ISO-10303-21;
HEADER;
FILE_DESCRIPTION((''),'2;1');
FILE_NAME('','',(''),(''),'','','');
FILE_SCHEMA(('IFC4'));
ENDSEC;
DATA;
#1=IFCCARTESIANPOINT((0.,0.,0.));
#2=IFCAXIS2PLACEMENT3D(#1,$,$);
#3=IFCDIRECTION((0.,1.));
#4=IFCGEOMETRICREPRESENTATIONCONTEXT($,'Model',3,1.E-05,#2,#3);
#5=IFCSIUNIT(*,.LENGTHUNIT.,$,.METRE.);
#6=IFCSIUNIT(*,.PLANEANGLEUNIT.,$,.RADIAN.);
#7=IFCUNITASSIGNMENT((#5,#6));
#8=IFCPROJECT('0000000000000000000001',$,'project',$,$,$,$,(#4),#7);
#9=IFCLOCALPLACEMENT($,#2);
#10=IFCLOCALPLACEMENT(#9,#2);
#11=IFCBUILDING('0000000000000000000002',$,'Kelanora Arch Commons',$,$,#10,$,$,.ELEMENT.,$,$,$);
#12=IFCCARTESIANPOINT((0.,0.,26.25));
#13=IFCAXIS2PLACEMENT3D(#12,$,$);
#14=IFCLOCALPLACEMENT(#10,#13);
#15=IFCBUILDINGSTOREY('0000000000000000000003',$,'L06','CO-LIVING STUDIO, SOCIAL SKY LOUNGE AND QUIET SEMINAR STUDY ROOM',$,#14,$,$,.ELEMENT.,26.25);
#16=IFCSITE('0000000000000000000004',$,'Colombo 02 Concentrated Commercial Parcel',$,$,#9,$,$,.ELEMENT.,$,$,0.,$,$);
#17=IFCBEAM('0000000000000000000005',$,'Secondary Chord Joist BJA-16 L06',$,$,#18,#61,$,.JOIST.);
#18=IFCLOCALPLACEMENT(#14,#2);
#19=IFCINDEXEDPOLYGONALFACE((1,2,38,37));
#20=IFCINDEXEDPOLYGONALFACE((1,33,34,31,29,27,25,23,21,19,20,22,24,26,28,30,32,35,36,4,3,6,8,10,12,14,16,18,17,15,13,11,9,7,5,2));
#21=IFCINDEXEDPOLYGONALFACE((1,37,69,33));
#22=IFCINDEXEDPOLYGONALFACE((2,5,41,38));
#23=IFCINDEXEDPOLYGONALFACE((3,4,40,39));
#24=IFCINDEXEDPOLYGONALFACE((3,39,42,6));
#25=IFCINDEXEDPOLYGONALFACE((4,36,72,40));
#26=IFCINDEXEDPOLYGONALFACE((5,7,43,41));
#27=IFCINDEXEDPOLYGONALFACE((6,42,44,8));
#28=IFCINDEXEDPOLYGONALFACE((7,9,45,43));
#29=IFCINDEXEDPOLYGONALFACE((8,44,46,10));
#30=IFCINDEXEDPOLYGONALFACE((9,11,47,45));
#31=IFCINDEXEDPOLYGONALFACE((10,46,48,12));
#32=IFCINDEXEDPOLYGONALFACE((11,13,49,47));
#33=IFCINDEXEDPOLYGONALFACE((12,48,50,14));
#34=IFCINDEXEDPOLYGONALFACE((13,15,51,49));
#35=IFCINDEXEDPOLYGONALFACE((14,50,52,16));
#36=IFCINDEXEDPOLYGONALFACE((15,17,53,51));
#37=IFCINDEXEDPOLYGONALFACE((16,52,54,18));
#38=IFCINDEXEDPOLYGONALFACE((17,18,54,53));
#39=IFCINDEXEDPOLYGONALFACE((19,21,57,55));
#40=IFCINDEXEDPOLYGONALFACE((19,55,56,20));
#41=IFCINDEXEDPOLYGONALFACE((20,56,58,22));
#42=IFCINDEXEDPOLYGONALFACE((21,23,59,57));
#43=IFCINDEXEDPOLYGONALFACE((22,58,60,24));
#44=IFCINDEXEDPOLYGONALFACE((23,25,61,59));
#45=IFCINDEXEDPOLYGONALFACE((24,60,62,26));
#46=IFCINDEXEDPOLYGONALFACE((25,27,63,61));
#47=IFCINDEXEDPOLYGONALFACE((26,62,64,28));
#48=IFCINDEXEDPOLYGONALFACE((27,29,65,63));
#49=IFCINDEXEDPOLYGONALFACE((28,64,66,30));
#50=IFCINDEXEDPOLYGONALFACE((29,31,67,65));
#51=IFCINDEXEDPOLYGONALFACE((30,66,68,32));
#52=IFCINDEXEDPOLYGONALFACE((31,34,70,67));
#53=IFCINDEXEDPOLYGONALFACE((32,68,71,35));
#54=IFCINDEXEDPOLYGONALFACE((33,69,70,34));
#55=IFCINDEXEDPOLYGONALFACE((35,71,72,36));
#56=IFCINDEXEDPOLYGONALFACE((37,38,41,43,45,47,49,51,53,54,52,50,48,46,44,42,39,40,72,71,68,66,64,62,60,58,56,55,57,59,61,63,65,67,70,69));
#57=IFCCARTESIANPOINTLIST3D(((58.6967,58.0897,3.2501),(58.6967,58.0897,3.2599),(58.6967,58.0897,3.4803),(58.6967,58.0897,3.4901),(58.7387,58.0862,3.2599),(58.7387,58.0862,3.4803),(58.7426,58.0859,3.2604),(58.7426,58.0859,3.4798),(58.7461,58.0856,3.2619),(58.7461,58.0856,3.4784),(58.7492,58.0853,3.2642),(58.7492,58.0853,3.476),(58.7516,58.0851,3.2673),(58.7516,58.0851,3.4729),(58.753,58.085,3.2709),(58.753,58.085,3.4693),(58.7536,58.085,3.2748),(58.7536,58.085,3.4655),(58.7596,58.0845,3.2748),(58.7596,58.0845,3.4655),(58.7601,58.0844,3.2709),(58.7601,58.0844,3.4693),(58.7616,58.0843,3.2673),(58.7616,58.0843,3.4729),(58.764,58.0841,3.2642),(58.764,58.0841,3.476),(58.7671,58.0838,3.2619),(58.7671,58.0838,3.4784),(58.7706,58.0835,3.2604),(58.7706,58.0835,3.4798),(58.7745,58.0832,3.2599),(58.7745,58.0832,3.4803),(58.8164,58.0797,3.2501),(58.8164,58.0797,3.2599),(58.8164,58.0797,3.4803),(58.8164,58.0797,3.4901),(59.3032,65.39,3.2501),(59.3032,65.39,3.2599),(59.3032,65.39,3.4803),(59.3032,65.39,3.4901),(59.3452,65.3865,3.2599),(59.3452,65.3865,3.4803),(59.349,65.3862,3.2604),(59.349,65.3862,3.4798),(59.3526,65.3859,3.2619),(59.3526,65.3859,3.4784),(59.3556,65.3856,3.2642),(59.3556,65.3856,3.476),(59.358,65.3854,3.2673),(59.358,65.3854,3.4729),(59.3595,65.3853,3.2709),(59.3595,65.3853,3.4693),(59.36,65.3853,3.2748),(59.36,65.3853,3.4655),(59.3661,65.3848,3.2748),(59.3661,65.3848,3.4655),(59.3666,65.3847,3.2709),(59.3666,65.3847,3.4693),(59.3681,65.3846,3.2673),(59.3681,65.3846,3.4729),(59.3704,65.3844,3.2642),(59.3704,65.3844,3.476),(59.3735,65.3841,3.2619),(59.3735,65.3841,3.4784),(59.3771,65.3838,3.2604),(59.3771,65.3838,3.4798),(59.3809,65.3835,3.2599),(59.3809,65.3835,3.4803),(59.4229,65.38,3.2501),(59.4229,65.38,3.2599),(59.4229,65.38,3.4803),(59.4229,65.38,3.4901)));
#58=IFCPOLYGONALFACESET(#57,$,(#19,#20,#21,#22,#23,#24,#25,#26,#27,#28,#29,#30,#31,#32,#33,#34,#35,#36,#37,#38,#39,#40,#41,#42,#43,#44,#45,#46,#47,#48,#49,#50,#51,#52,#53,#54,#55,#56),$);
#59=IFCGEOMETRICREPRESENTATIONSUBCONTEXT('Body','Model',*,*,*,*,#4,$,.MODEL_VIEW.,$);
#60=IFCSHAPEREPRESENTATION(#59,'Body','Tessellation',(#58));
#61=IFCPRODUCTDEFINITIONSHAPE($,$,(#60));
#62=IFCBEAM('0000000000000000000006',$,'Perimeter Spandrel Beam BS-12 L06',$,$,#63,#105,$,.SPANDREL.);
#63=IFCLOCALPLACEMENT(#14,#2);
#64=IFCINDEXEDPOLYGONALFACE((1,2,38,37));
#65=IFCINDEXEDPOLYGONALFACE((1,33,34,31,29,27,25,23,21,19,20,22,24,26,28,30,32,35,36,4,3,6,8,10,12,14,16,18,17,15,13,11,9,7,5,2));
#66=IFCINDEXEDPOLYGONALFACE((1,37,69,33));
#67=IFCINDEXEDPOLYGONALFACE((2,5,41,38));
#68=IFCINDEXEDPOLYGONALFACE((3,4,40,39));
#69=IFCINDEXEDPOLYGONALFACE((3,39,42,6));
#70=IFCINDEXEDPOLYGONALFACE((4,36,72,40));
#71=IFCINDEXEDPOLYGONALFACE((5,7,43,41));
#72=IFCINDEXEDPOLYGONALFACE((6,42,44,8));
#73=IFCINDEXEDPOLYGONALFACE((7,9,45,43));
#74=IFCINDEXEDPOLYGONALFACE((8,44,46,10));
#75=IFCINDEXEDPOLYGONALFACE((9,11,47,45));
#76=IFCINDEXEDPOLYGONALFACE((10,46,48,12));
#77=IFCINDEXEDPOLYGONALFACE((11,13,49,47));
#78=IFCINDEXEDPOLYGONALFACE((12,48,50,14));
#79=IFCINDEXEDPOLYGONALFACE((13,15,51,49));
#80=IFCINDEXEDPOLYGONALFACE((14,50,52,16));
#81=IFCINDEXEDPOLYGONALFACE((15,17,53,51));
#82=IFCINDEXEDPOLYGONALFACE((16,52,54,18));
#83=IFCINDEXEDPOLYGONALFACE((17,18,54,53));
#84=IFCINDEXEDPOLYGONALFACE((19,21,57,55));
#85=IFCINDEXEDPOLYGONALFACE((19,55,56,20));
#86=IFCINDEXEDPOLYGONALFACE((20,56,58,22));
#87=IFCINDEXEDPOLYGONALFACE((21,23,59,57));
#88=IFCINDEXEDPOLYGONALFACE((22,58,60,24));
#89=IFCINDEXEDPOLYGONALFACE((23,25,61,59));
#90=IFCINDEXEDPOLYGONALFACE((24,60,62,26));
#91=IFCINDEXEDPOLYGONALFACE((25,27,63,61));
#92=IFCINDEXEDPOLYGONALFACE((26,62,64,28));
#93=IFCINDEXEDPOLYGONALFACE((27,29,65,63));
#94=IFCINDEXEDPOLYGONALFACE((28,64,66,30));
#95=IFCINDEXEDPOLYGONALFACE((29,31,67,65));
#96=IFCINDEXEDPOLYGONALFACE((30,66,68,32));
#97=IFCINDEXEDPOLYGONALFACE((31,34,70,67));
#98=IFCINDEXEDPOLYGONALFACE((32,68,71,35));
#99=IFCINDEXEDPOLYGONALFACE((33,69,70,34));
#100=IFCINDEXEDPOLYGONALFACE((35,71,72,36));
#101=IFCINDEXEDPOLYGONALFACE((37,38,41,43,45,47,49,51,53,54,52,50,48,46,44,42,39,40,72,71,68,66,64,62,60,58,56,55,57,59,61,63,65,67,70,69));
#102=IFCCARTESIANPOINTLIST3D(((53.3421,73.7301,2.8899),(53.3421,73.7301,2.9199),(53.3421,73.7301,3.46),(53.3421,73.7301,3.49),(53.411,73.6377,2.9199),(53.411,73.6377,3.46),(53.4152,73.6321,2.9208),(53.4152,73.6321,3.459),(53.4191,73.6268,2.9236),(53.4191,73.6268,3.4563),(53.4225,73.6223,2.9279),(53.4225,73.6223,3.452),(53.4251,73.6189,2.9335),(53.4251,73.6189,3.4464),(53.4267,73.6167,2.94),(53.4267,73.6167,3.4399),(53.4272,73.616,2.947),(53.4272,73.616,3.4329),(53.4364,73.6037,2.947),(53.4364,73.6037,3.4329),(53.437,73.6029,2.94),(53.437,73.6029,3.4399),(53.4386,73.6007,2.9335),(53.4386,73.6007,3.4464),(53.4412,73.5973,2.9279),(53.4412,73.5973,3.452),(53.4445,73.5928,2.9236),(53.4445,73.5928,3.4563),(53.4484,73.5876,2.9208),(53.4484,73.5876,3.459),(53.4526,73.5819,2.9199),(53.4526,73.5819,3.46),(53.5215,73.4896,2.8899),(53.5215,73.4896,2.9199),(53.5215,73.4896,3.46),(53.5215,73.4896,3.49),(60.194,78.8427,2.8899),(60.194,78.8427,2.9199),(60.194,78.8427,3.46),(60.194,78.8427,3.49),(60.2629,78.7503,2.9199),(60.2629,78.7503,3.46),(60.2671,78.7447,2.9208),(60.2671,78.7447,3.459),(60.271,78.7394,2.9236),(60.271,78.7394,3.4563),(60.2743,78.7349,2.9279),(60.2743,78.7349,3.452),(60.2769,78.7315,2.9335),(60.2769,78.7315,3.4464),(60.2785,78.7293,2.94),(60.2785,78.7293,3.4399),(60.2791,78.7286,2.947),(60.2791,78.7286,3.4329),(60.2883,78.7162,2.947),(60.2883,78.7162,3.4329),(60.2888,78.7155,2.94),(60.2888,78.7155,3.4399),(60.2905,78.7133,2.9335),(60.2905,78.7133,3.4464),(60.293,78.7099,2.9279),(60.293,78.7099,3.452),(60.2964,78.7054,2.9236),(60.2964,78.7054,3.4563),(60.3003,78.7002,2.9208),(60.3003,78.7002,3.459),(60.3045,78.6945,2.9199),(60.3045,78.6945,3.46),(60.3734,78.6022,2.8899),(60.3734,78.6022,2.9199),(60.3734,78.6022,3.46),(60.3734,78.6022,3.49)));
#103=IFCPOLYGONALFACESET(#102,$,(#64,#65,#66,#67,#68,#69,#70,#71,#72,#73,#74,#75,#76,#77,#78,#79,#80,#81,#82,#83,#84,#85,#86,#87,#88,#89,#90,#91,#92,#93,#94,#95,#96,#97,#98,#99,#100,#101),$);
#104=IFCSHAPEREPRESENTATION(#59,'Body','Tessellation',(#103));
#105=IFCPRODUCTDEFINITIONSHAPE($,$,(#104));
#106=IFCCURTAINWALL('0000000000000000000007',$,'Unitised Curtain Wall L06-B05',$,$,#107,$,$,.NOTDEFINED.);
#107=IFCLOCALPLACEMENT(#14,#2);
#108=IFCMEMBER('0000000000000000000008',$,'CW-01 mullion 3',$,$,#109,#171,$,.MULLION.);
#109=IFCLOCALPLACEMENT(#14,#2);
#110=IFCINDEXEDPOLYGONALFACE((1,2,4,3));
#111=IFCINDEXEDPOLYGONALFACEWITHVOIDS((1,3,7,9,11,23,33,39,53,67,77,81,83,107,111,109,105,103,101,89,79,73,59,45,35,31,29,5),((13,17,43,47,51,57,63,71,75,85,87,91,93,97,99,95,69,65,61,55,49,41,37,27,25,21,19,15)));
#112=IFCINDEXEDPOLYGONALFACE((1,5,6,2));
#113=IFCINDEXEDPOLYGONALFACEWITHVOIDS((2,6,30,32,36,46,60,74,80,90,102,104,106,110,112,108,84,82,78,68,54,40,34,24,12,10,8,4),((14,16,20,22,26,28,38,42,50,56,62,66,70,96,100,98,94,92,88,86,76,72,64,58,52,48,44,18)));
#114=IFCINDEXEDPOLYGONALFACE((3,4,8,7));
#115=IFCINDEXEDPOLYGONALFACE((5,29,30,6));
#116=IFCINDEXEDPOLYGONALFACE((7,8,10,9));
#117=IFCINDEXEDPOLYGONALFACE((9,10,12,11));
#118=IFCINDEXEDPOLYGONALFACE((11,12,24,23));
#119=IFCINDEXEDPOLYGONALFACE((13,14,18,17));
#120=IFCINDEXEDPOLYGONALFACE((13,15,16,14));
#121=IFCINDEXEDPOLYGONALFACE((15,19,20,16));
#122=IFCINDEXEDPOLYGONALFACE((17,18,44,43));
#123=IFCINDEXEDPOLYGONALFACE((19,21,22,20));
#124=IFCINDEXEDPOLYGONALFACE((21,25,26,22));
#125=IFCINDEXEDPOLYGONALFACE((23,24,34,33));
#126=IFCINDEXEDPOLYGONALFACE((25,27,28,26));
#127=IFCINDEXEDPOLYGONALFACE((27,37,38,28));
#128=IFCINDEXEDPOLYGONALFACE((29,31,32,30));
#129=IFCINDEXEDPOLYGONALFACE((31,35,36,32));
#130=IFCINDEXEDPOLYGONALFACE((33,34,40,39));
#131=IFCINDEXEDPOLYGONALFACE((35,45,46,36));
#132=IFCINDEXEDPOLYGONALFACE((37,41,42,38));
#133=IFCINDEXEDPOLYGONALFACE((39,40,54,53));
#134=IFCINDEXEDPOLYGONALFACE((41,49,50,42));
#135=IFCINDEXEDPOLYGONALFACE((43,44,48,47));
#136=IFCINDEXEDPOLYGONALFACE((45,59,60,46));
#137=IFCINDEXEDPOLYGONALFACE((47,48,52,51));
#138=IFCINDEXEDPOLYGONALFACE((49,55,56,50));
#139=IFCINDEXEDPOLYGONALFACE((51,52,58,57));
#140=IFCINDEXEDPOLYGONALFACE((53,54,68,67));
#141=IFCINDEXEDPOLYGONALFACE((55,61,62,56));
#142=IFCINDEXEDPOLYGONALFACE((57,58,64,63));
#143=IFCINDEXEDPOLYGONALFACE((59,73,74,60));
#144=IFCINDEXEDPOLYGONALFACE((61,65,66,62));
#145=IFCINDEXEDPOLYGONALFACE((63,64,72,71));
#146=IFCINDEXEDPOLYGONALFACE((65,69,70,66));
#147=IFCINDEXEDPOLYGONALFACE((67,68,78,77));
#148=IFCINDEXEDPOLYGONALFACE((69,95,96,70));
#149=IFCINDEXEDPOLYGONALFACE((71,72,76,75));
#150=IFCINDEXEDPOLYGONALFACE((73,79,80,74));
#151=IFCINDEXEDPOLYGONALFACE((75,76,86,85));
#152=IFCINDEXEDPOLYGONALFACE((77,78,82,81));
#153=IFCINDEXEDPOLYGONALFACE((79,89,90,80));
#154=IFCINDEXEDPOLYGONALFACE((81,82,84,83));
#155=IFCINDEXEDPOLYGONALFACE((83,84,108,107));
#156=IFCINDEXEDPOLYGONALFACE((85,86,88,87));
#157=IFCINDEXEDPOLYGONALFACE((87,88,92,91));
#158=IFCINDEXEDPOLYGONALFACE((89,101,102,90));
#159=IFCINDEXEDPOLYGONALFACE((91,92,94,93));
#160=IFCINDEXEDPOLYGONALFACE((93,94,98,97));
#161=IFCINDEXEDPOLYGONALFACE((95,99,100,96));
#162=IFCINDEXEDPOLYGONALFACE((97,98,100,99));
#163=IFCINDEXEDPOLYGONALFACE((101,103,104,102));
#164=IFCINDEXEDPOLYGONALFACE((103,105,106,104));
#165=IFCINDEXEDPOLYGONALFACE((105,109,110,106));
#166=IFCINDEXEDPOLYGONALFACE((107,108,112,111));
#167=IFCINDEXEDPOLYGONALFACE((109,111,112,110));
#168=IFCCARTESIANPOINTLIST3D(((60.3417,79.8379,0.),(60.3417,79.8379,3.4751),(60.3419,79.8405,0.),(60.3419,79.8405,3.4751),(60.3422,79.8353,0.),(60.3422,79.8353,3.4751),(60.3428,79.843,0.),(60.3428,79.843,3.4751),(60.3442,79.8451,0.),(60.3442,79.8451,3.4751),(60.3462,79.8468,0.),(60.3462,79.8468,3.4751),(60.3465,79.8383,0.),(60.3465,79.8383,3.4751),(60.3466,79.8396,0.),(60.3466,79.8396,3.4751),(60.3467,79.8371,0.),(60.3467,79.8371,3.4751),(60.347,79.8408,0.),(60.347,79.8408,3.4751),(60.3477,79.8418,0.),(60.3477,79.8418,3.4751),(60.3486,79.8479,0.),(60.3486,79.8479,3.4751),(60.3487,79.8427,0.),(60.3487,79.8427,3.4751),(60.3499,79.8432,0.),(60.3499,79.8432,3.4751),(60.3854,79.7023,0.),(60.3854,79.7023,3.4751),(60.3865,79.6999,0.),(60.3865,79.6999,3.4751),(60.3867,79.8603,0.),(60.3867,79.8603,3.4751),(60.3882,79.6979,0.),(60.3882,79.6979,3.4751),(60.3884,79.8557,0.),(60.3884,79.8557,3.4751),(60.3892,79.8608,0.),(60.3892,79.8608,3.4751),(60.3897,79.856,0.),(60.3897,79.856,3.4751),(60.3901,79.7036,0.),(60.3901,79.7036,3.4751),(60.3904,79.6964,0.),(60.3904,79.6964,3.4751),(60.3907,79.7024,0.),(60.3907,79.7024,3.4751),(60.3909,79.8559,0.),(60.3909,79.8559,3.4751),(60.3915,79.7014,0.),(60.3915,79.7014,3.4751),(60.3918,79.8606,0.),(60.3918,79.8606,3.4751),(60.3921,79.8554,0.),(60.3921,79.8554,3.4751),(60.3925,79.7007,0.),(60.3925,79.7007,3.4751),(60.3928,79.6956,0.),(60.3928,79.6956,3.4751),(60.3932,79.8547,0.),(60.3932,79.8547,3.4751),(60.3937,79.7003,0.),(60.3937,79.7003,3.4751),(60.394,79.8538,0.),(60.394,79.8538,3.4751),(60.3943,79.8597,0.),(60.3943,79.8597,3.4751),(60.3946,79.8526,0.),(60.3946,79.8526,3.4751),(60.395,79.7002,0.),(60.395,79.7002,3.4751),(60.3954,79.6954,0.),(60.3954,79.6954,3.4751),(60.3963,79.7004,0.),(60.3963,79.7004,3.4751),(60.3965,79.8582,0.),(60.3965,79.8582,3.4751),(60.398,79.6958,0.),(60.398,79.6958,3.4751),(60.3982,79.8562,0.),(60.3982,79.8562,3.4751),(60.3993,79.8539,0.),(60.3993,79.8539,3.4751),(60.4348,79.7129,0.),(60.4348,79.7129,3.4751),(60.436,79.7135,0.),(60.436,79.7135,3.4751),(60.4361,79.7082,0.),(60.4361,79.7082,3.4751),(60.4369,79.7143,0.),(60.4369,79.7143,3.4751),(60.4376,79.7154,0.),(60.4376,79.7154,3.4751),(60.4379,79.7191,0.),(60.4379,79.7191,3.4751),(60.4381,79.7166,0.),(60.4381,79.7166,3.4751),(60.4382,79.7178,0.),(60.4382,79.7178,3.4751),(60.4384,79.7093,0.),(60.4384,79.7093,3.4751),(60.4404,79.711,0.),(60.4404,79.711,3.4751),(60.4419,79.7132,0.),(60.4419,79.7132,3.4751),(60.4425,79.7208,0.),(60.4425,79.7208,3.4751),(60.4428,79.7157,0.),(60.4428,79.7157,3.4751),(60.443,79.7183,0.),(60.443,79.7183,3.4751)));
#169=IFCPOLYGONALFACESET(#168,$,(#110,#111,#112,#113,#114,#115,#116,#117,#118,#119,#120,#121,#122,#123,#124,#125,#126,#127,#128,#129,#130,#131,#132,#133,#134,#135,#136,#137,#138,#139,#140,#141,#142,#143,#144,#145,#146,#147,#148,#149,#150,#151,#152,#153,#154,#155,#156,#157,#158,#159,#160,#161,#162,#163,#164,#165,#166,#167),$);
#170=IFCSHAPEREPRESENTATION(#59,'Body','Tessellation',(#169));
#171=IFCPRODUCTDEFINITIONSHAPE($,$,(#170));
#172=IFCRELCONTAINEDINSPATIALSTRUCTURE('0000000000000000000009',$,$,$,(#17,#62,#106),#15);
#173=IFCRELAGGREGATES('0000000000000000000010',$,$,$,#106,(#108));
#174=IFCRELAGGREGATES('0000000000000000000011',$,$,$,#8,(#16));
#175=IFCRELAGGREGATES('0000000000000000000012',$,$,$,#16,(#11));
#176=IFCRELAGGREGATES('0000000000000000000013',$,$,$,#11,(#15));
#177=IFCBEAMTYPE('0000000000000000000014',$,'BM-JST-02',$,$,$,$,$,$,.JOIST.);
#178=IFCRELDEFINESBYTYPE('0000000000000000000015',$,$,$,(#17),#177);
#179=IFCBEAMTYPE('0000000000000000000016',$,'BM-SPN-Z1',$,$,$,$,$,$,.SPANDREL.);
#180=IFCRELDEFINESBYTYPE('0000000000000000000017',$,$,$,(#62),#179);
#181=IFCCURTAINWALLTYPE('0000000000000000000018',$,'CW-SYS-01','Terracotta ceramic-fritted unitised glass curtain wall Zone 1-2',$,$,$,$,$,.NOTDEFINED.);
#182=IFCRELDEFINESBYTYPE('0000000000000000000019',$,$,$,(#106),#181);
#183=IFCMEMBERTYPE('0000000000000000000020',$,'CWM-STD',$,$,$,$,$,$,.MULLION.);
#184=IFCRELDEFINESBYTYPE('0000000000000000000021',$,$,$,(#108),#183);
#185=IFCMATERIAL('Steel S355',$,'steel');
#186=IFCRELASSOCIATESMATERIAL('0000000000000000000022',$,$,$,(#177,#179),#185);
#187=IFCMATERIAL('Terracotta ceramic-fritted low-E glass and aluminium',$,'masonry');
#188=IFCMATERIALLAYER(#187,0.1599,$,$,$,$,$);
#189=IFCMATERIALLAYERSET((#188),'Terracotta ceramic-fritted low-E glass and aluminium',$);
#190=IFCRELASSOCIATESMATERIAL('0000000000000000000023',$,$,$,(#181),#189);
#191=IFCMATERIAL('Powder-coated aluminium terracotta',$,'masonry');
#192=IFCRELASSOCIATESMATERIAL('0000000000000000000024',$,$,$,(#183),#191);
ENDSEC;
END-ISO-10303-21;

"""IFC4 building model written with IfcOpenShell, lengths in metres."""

from ifc_helpers import new_model, si_unit, direction, frame, origin, origin_2d, place, context, subcontext, project, spatial, hollow_rectangle, i_section, extrude, material, layer, layer_set, material_profile, profile_set, type_object, element, aggregate, save


model = new_model("IFC4")

# Units and contexts
model_context = context("Model", 3, precision=1e-05, world=origin(), true_north=direction((0.0, 1.0)))
body_context = subcontext(model_context, "Body", "Model", "MODEL_VIEW")
ifc_project = project(units=[si_unit("LENGTHUNIT", "METRE"), si_unit("PLANEANGLEUNIT", "RADIAN")], contexts=[model_context])

# Site, building, storey
site_placement = place(None, origin())
site = spatial("IfcSite", under=ifc_project, at=site_placement, Name="Colombo 02 Concentrated Commercial Parcel", CompositionType="ELEMENT", RefElevation=0.0)
building_placement = place(site_placement, origin())
building = spatial("IfcBuilding", under=site, at=building_placement, Name="Kelanora Arch Commons", CompositionType="ELEMENT")
storey_placement = place(building_placement, frame((0.0, 0.0, 26.25)))
storey = spatial("IfcBuildingStorey", under=building, at=storey_placement, Name="L06", Description="CO-LIVING STUDIO, SOCIAL SKY LOUNGE AND QUIET SEMINAR STUDY ROOM", CompositionType="ELEMENT", Elevation=26.25)

# Beams
ifc_material_1 = material(Name="Steel S355", Category="steel")
ifc_material_profile_1 = material_profile(ifc_material_1, i_section(OverallWidth=0.1201, OverallDepth=0.24, WebThickness=0.0061, FlangeThickness=0.0098, FilletRadius=0.0149, at=origin_2d()), Name="IPE240")
ifc_profile_set_1 = profile_set([ifc_material_profile_1], Name="Steel S355")
beam_type_1 = type_object("IfcBeamType", Name="BM-JST-02", PredefinedType="JOIST", material=ifc_profile_set_1)
beam_1_placement = place(storey_placement, frame((59.363, 65.385, 3.3701), z_axis=(-0.082786, -0.996567, 0.0), x_axis=(0.996567, -0.082786, 0.0)))
element("IfcBeam", 1, at=beam_1_placement, inside=storey, type_object=beam_type_1, Name="Secondary Chord Joist BJA-16 L06", PredefinedType="JOIST", context=body_context, shape_type="SweptSolid", body=[
    extrude(i_section(OverallWidth=0.1201, OverallDepth=0.24, WebThickness=0.0061, FlangeThickness=0.0098, FilletRadius=0.0149, at=origin_2d()), origin(), (0.0, 0.0, 1.0), 7.3254),
])
ifc_material_profile_2 = material_profile(ifc_material_1, i_section(OverallWidth=0.3, OverallDepth=0.6001, WebThickness=0.0154, FlangeThickness=0.03, FilletRadius=0.0271, at=origin_2d()), Name="HEB600")
ifc_profile_set_2 = profile_set([ifc_material_profile_2], Name="Steel S355")
beam_type_2 = type_object("IfcBeamType", Name="BM-SPN-Z1", PredefinedType="SPANDREL", material=ifc_profile_set_2)
beam_2_placement = place(storey_placement, frame((60.2837, 78.7224, 3.1899), z_axis=(-0.801475, -0.598029, 0.0), x_axis=(0.598029, -0.801475, 0.0)))
element("IfcBeam", 2, at=beam_2_placement, inside=storey, type_object=beam_type_2, Name="Perimeter Spandrel Beam BS-12 L06", PredefinedType="SPANDREL", context=body_context, shape_type="SweptSolid", body=[
    extrude(i_section(OverallWidth=0.3, OverallDepth=0.6001, WebThickness=0.0154, FlangeThickness=0.03, FilletRadius=0.0271, at=origin_2d()), origin(), (0.0, 0.0, 1.0), 8.5491),
])

# Curtain wall, member
ifc_material_2 = material(Name="Terracotta ceramic-fritted low-E glass and aluminium", Category="masonry")
ifc_layer_1 = layer(ifc_material_2, 0.1599)
ifc_layer_set_1 = layer_set([ifc_layer_1], Name="Terracotta ceramic-fritted low-E glass and aluminium")
curtain_wall_type = type_object("IfcCurtainWallType", Name="CW-SYS-01", Description="Terracotta ceramic-fritted unitised glass curtain wall Zone 1-2", PredefinedType="NOTDEFINED", material=ifc_layer_set_1)
curtain_wall_placement = place(storey_placement, origin())
curtain_wall = element("IfcCurtainWall", 3, at=curtain_wall_placement, inside=storey, type_object=curtain_wall_type, Name="Unitised Curtain Wall L06-B05", PredefinedType="NOTDEFINED")
ifc_material_3 = material(Name="Powder-coated aluminium terracotta", Category="masonry")
ifc_material_profile_3 = material_profile(ifc_material_3, hollow_rectangle(XDim=0.1599, YDim=0.0601, WallThickness=0.0049, InnerFilletRadius=0.0049, OuterFilletRadius=0.01, at=origin_2d()), Name="CWM160x60")
ifc_profile_set_3 = profile_set([ifc_material_profile_3], Name="Powder-coated aluminium terracotta")
member_type_1 = type_object("IfcMemberType", Name="CWM-STD", PredefinedType="MULLION", material=ifc_profile_set_3)
member_1_placement = place(storey_placement, frame((60.3923, 79.7781, 0.0), z_axis=(0.0, 0.0, 1.0), x_axis=(0.309058, -0.951043, 0.0)))
member_1 = element("IfcMember", 4, at=member_1_placement, type_object=member_type_1, Name="CW-01 mullion 3", PredefinedType="MULLION", context=body_context, shape_type="SweptSolid", body=[
    extrude(hollow_rectangle(XDim=0.1599, YDim=0.0601, WallThickness=0.0049, InnerFilletRadius=0.0049, OuterFilletRadius=0.01, at=origin_2d()), origin(), (0.0, 0.0, 1.0), 3.4751),
])
aggregate(curtain_wall, [member_1])

save(model, "model.ifc")
